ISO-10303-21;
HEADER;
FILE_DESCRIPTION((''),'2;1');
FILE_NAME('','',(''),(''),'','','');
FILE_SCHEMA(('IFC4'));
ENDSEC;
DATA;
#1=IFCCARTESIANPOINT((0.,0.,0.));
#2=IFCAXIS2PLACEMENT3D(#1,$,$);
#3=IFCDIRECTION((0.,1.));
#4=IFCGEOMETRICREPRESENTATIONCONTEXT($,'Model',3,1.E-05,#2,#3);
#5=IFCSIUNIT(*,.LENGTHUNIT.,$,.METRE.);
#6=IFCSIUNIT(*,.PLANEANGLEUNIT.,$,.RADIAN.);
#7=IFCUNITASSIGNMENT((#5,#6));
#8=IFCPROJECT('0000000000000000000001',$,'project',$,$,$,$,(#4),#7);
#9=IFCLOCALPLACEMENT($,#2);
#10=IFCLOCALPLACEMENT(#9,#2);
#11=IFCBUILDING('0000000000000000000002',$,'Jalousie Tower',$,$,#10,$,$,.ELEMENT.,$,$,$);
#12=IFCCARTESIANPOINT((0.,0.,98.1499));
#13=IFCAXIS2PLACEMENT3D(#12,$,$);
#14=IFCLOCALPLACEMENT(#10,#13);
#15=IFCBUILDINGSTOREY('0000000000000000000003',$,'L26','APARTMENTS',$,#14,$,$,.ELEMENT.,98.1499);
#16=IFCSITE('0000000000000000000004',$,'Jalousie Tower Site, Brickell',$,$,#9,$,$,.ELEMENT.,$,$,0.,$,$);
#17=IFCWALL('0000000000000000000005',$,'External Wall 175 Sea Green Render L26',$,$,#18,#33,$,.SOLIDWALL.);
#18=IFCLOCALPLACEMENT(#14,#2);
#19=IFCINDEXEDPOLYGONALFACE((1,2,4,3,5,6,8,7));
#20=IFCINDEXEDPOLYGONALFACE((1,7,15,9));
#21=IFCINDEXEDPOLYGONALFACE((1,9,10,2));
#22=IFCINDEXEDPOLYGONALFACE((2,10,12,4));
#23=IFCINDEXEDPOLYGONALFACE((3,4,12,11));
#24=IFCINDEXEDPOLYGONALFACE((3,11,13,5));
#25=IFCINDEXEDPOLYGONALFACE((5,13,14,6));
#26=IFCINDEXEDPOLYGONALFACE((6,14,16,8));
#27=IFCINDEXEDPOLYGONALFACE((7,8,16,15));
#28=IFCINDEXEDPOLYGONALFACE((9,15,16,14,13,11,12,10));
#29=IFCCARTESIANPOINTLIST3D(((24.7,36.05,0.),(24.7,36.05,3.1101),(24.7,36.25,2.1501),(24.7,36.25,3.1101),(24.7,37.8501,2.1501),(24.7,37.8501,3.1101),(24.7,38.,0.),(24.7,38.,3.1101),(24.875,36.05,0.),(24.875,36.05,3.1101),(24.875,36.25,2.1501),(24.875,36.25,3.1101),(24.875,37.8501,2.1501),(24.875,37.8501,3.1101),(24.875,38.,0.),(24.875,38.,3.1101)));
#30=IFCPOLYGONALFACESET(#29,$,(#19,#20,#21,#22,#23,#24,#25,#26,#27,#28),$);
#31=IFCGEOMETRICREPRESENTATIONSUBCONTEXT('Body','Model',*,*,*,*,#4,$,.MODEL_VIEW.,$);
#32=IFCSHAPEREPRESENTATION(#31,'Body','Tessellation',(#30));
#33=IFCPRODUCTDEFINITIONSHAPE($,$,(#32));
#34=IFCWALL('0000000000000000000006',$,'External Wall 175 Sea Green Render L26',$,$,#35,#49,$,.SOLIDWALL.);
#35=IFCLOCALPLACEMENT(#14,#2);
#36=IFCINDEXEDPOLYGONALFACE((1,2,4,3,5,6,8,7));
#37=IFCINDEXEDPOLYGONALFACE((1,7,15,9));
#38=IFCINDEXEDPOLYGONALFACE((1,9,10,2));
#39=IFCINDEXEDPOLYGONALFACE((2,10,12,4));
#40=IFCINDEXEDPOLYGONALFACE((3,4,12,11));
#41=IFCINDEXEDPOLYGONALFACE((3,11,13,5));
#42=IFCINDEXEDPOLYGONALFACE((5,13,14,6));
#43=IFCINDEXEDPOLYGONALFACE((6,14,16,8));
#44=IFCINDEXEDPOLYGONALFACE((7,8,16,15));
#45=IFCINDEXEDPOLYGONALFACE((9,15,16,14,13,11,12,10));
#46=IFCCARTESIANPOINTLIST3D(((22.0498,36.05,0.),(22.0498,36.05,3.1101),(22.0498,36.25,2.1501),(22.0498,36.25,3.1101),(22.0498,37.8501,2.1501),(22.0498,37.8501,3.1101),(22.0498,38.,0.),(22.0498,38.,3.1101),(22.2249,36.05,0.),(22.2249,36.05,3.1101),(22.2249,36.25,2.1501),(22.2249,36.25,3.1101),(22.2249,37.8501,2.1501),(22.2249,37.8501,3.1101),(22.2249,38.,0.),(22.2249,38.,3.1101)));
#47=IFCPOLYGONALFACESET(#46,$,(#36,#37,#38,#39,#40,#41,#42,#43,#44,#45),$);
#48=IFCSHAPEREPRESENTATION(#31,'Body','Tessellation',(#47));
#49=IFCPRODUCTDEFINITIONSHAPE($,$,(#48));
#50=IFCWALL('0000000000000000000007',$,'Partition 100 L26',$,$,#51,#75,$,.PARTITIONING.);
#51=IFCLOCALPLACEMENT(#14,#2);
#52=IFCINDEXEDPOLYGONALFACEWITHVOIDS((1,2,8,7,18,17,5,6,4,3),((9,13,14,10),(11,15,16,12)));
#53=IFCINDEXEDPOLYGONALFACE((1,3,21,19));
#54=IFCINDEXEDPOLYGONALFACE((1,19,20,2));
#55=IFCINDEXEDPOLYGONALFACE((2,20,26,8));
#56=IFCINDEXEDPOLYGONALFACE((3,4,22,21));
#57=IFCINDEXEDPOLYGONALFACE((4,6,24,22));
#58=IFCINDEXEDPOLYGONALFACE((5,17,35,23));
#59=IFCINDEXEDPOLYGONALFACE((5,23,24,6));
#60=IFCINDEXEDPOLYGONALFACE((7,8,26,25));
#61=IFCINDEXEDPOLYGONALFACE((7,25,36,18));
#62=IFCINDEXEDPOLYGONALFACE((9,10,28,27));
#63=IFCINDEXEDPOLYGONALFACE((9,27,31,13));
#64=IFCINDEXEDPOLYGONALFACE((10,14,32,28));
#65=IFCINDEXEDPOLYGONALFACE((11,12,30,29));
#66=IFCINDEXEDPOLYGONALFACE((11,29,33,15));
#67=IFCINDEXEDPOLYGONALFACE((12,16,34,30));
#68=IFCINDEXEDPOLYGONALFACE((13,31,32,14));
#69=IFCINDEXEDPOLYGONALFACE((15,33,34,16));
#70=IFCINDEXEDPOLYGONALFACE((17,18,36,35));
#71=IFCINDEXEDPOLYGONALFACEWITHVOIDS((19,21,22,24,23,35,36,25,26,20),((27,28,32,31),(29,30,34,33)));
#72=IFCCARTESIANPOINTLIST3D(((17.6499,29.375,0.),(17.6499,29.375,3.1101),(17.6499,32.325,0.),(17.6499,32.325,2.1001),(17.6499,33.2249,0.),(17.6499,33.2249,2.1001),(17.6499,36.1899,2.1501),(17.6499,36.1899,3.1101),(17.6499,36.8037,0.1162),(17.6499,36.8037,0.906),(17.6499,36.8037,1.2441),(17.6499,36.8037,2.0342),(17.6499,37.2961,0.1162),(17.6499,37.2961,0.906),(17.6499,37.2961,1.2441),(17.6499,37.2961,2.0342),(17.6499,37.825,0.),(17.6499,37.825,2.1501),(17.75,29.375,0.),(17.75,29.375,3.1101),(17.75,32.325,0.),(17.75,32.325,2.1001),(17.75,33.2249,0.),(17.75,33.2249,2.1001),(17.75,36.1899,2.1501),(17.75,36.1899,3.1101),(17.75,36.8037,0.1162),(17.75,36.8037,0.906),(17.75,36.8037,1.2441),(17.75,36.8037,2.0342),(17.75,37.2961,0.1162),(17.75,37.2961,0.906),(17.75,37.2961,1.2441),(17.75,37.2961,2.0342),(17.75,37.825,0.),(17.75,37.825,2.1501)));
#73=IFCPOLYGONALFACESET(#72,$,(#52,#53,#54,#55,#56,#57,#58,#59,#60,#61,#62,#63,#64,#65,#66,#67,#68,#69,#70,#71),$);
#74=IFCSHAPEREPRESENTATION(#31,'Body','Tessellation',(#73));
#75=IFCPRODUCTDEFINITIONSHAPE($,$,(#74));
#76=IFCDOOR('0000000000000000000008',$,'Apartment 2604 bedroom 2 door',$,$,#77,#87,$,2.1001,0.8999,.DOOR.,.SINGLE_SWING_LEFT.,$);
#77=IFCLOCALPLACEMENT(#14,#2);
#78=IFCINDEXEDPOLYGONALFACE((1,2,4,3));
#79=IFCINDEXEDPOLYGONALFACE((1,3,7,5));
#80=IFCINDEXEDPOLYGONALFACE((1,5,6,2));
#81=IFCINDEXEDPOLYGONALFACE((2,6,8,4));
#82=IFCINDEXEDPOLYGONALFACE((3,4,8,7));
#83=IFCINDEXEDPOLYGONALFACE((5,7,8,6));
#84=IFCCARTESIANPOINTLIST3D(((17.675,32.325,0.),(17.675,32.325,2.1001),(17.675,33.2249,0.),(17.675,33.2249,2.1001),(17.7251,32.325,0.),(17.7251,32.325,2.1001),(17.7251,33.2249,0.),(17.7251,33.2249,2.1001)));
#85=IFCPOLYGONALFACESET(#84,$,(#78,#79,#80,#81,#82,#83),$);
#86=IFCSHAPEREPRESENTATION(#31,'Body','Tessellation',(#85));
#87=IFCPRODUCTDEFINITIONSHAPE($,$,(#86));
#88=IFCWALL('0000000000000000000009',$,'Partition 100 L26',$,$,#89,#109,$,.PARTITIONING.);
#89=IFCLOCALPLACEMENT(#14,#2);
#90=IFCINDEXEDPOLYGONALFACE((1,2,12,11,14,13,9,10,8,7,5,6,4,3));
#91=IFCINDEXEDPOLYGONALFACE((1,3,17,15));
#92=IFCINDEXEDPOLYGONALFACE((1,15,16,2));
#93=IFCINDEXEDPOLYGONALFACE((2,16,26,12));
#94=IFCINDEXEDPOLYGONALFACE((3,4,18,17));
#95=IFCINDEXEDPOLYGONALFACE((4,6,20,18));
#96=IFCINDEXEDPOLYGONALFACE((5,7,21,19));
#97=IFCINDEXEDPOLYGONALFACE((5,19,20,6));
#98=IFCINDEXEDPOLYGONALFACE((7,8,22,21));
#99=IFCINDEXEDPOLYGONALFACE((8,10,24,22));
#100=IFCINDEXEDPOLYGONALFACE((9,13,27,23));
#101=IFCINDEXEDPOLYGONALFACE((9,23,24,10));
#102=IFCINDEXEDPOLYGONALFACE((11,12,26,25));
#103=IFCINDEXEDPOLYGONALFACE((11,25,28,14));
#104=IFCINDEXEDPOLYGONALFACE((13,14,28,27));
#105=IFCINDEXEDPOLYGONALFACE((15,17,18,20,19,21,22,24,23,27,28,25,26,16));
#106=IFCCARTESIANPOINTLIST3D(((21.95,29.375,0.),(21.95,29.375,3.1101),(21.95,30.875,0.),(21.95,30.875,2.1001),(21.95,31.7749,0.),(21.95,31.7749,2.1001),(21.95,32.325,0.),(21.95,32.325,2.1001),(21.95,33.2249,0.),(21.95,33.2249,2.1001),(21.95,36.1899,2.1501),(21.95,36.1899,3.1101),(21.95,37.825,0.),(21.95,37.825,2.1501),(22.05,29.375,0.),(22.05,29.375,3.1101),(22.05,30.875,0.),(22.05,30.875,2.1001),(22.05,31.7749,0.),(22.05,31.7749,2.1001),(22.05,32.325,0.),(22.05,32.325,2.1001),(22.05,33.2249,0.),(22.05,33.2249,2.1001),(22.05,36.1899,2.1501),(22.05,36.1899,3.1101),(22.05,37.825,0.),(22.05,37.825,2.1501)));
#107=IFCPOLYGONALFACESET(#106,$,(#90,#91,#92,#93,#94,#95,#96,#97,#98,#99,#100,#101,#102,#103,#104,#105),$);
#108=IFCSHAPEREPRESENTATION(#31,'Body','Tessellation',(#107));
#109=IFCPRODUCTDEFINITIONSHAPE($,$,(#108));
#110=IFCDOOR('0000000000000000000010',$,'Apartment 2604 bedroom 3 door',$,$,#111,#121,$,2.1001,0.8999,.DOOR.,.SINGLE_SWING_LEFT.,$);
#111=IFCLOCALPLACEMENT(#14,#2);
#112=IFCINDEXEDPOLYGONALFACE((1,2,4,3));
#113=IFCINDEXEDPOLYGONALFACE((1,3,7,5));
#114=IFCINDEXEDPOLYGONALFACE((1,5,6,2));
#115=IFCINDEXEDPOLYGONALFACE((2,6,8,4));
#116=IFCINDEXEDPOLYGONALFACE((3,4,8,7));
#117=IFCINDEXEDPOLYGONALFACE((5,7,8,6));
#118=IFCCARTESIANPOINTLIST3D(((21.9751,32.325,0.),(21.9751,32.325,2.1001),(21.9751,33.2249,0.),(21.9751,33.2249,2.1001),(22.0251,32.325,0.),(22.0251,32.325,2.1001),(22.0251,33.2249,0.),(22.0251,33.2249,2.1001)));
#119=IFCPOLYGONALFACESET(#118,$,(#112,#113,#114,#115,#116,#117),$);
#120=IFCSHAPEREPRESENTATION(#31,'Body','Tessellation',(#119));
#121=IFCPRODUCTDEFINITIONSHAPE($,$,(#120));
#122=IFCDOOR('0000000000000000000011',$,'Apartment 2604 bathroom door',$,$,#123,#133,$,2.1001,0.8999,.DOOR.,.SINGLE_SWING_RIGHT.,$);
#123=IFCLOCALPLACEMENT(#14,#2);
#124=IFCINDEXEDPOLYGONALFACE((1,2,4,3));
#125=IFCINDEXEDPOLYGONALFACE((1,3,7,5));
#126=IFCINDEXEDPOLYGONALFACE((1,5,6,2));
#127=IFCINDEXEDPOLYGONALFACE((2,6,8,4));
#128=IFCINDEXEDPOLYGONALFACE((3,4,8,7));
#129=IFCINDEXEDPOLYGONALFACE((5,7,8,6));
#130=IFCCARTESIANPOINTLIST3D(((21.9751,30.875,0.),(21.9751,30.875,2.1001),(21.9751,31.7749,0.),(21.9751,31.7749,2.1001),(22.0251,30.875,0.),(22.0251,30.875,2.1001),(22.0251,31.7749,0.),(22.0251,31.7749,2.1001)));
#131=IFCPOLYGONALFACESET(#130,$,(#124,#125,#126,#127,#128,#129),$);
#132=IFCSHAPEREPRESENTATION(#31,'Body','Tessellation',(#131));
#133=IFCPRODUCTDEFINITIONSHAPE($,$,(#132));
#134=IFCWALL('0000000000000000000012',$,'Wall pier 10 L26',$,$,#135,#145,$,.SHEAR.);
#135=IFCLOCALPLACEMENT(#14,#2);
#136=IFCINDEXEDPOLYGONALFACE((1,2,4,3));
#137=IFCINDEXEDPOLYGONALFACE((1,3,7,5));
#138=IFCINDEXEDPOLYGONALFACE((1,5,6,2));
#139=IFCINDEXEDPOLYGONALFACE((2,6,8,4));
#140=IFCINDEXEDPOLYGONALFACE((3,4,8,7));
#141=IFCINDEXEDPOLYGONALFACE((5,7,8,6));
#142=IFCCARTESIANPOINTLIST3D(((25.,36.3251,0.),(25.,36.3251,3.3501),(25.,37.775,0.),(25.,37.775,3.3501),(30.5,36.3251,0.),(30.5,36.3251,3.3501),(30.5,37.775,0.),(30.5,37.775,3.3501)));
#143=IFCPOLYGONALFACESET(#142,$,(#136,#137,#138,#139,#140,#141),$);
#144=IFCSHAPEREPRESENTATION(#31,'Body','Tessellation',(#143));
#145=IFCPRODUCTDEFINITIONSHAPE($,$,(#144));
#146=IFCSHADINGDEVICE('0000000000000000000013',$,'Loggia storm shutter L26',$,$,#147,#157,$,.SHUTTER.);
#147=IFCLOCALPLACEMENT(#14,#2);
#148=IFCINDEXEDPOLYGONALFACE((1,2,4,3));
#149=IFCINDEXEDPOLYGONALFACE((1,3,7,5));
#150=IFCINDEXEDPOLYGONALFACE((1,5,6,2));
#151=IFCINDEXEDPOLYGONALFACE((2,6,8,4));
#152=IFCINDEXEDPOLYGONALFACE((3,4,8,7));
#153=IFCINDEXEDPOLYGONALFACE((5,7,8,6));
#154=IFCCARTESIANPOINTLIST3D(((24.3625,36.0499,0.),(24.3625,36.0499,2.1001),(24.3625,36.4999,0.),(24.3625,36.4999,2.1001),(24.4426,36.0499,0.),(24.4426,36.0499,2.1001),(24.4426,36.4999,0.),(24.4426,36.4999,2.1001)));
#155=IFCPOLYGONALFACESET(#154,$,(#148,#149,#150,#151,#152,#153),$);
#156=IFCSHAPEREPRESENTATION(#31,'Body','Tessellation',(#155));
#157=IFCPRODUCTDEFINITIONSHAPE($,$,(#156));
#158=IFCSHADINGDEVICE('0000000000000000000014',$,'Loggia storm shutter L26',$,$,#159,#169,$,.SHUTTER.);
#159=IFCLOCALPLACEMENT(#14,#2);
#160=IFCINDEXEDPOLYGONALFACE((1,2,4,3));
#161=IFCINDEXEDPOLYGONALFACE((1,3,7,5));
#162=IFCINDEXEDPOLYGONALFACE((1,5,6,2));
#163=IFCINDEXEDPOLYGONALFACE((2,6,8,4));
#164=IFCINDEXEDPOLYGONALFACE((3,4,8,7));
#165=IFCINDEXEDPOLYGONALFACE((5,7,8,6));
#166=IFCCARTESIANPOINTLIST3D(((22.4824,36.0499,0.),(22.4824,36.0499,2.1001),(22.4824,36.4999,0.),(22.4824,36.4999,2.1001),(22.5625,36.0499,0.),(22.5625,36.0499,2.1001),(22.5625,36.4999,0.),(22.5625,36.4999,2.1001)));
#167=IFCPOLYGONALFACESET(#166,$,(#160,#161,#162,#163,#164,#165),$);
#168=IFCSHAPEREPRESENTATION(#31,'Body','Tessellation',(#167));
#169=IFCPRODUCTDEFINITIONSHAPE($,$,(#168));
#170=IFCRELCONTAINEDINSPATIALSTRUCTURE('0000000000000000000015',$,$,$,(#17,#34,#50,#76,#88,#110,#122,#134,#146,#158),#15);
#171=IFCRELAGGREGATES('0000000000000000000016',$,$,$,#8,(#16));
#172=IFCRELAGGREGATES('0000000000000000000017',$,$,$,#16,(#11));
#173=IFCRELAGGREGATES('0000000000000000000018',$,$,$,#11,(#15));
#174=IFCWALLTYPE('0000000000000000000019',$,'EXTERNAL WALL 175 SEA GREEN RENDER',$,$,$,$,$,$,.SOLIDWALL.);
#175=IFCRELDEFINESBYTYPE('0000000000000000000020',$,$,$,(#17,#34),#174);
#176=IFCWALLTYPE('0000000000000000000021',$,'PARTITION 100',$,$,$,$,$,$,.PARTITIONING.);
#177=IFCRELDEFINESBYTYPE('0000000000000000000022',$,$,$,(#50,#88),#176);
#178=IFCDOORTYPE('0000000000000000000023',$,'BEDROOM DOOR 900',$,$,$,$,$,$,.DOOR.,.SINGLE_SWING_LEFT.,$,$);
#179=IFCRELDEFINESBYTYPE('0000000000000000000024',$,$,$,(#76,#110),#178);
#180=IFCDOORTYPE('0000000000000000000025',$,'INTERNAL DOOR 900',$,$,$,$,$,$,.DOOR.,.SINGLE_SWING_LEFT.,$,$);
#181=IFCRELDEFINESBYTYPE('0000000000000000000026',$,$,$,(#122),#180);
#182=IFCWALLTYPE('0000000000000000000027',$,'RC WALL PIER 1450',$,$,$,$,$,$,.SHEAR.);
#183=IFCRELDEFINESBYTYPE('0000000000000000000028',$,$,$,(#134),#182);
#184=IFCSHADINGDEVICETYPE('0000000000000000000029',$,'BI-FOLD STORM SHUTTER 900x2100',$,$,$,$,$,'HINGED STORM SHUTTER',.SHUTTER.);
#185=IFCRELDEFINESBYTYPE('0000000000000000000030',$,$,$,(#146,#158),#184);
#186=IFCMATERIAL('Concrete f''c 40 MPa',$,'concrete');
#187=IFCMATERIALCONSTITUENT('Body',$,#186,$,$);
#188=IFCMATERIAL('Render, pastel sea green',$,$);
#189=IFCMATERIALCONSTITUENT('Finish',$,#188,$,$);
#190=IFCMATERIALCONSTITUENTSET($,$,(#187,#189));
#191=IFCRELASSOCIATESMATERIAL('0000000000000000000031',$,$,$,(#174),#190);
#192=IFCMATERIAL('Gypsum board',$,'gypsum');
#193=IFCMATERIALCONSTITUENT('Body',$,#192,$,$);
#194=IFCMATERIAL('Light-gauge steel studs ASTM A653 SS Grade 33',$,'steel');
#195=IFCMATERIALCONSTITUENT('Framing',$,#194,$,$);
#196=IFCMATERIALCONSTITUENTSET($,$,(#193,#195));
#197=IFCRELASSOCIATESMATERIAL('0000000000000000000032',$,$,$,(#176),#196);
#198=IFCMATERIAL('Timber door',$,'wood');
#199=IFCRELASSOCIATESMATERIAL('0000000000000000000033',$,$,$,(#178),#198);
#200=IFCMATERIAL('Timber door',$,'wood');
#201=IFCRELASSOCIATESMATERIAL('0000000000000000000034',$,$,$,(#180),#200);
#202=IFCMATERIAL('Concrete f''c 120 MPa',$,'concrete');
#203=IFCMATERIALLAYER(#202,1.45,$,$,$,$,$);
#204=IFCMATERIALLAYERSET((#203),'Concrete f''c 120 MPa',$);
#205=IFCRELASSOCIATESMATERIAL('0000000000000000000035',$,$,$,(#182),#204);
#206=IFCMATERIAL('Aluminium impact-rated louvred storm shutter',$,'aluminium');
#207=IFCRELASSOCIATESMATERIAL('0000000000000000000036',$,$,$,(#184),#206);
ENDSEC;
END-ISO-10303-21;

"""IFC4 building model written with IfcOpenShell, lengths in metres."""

from ifc_helpers import new_model, si_unit, direction, frame, frame_2d, origin, origin_2d, place, context, subcontext, project, spatial, polyline, rectangle, outline, extrude, material, layer, layer_set, constituent, constituent_set, type_object, element, fill, save


model = new_model("IFC4")

# Units and contexts
model_context = context("Model", 3, precision=1e-05, world=origin(), true_north=direction((0.0, 1.0)))
body_context = subcontext(model_context, "Body", "Model", "MODEL_VIEW")
ifc_project = project(units=[si_unit("LENGTHUNIT", "METRE"), si_unit("PLANEANGLEUNIT", "RADIAN")], contexts=[model_context])

# Site, building, storey
site_placement = place(None, origin())
site = spatial("IfcSite", under=ifc_project, at=site_placement, Name="Jalousie Tower Site, Brickell", CompositionType="ELEMENT", RefElevation=0.0)
building_placement = place(site_placement, origin())
building = spatial("IfcBuilding", under=site, at=building_placement, Name="Jalousie Tower", CompositionType="ELEMENT")
storey_placement = place(building_placement, frame((0.0, 0.0, 98.1499)))
storey = spatial("IfcBuildingStorey", under=building, at=storey_placement, Name="L26", Description="APARTMENTS", CompositionType="ELEMENT", Elevation=98.1499)

# Shared definitions
ifc_material_1 = material(Name="Concrete f'c 40 MPa", Category="concrete")
ifc_constituent_1 = constituent(ifc_material_1, Name="Body")
ifc_material_2 = material(Name="Render, pastel sea green")
ifc_constituent_2 = constituent(ifc_material_2, Name="Finish")
ifc_constituent_set_1 = constituent_set(constituents=[ifc_constituent_1, ifc_constituent_2])
wall_type_1 = type_object("IfcWallType", Name="EXTERNAL WALL 175 SEA GREEN RENDER", PredefinedType="SOLIDWALL", material=ifc_constituent_set_1)

# Walls
for number, where, z_axis, x_axis, name in (
    (1, (24.7876, 38.0, 0.0), (0.0, 0.0, 1.0), (0.0, -1.0, 0.0), "External Wall 175 Sea Green Render L26"),
    (2, (22.1375, 38.0, 0.0), (0.0, 0.0, 1.0), (0.0, -1.0, 0.0), "External Wall 175 Sea Green Render L26"),
):
    element("IfcWall", number, at=place(storey_placement, frame(where, z_axis=z_axis, x_axis=x_axis)), inside=storey, type_object=wall_type_1, Name=name, PredefinedType="SOLIDWALL", context=body_context, shape_type="SweptSolid", body=[
        extrude(outline(polyline([(0.0, 0.0), (1.95, 0.0), (1.95, 3.1101), (1.75, 3.1101), (1.75, 2.1501), (0.1499, 2.1501), (0.1499, 3.1101), (0.0, 3.1101), (0.0, 0.0)])), frame((0.0, 0.0874, 0.0), z_axis=(0.0, -1.0, 0.0), x_axis=(1.0, 0.0, 0.0)), (0.0, 0.0, 1.0), 0.175),
    ])

# Wall, opening, door
ifc_material_3 = material(Name="Gypsum board", Category="gypsum")
ifc_constituent_3 = constituent(ifc_material_3, Name="Body")
ifc_material_4 = material(Name="Light-gauge steel studs ASTM A653 SS Grade 33", Category="steel")
ifc_constituent_4 = constituent(ifc_material_4, Name="Framing")
ifc_constituent_set_2 = constituent_set(constituents=[ifc_constituent_3, ifc_constituent_4])
wall_type_2 = type_object("IfcWallType", Name="PARTITION 100", PredefinedType="PARTITIONING", material=ifc_constituent_set_2)
wall_1_placement = place(storey_placement, frame((17.7, 37.825, 0.0), z_axis=(0.0, 0.0, 1.0), x_axis=(0.0, -1.0, 0.0)))
wall_1 = element("IfcWall", 3, at=wall_1_placement, inside=storey, type_object=wall_type_2, Name="Partition 100 L26", PredefinedType="PARTITIONING", context=body_context, shape_type="SweptSolid", body=[
    extrude(outline(polyline([(1.635, 2.1501), (0.0, 2.1501), (0.0, 0.0), (8.45, 0.0), (8.45, 3.1101), (1.635, 3.1101), (1.635, 2.1501)]), holes=[polyline([(1.0212, 0.1162), (0.5288, 0.1162), (0.5288, 0.906), (1.0212, 0.906), (1.0212, 0.1162)]), polyline([(1.0212, 1.2441), (0.5288, 1.2441), (0.5288, 2.0342), (1.0212, 2.0342), (1.0212, 1.2441)])]), frame((0.0, 0.05, 0.0), z_axis=(0.0, -1.0, 0.0), x_axis=(1.0, 0.0, 0.0)), (0.0, 0.0, 1.0), 0.1001),
])
opening_1_placement = place(wall_1_placement, frame((4.6001, 0.0, 0.0)))
opening_1 = element("IfcOpeningElement", 4, at=opening_1_placement, cuts=wall_1, PredefinedType="OPENING", context=body_context, shape_type="SweptSolid", body=[
    extrude(rectangle(XDim=0.8999, YDim=2.1001, at=frame_2d((0.45, 1.05))), frame((0.0, 0.0601, 0.0), z_axis=(0.0, -1.0, 0.0), x_axis=(1.0, 0.0, 0.0)), (0.0, 0.0, 1.0), 0.1201),
])
ifc_material_5 = material(Name="Timber door", Category="wood")
door_type_1 = type_object("IfcDoorType", Name="BEDROOM DOOR 900", OperationType="SINGLE_SWING_LEFT", PredefinedType="DOOR", material=ifc_material_5)
door_1_placement = place(opening_1_placement, frame((0.8999, 0.0, 0.0), z_axis=(0.0, 0.0, 1.0), x_axis=(-1.0, 0.0, 0.0)))
door_1 = element("IfcDoor", 5, at=door_1_placement, inside=storey, type_object=door_type_1, Name="Apartment 2604 bedroom 2 door", OperationType="SINGLE_SWING_LEFT", OverallHeight=2.1001, OverallWidth=0.8999, PredefinedType="DOOR", context=body_context, shape_type="SweptSolid", body=[
    extrude(rectangle(XDim=0.8999, YDim=2.1001, at=frame_2d((0.45, 1.05))), frame((0.0, 0.0249, 0.0), z_axis=(0.0, -1.0, 0.0), x_axis=(1.0, 0.0, 0.0)), (0.0, 0.0, 1.0), 0.05),
])
fill(opening_1, door_1)

# Wall, openings, doors
wall_2_placement = place(storey_placement, frame((22.0, 37.825, 0.0), z_axis=(0.0, 0.0, 1.0), x_axis=(0.0, -1.0, 0.0)))
wall_2 = element("IfcWall", 6, at=wall_2_placement, inside=storey, type_object=wall_type_2, Name="Partition 100 L26", PredefinedType="PARTITIONING", context=body_context, shape_type="SweptSolid", body=[
    extrude(outline(polyline([(0.0, 0.0), (8.45, 0.0), (8.45, 3.1101), (1.635, 3.1101), (1.635, 2.1501), (0.0, 2.1501), (0.0, 3.1101), (0.0, 0.0)])), frame((0.0, 0.05, 0.0), z_axis=(0.0, -1.0, 0.0), x_axis=(1.0, 0.0, 0.0)), (0.0, 0.0, 1.0), 0.1001),
])
opening_2_placement = place(wall_2_placement, frame((4.6001, 0.0, 0.0)))
opening_2 = element("IfcOpeningElement", 7, at=opening_2_placement, cuts=wall_2, PredefinedType="OPENING", context=body_context, shape_type="SweptSolid", body=[
    extrude(rectangle(XDim=0.8999, YDim=2.1001, at=frame_2d((0.45, 1.05))), frame((0.0, 0.0601, 0.0), z_axis=(0.0, -1.0, 0.0), x_axis=(1.0, 0.0, 0.0)), (0.0, 0.0, 1.0), 0.1201),
])
opening_3_placement = place(wall_2_placement, frame((6.05, 0.0, 0.0)))
opening_3 = element("IfcOpeningElement", 8, at=opening_3_placement, cuts=wall_2, PredefinedType="OPENING", context=body_context, shape_type="SweptSolid", body=[
    extrude(rectangle(XDim=0.8999, YDim=2.1001, at=frame_2d((0.45, 1.05))), frame((0.0, 0.0601, 0.0), z_axis=(0.0, -1.0, 0.0), x_axis=(1.0, 0.0, 0.0)), (0.0, 0.0, 1.0), 0.1201),
])
door_2_placement = place(opening_2_placement, frame((0.8999, 0.0, 0.0), z_axis=(0.0, 0.0, 1.0), x_axis=(-1.0, 0.0, 0.0)))
door_2 = element("IfcDoor", 9, at=door_2_placement, inside=storey, type_object=door_type_1, Name="Apartment 2604 bedroom 3 door", OperationType="SINGLE_SWING_LEFT", OverallHeight=2.1001, OverallWidth=0.8999, PredefinedType="DOOR", context=body_context, shape_type="SweptSolid", body=[
    extrude(rectangle(XDim=0.8999, YDim=2.1001, at=frame_2d((0.45, 1.05))), frame((0.0, 0.0249, 0.0), z_axis=(0.0, -1.0, 0.0), x_axis=(1.0, 0.0, 0.0)), (0.0, 0.0, 1.0), 0.05),
])
fill(opening_2, door_2)
ifc_material_6 = material(Name="Timber door", Category="wood")
door_type_2 = type_object("IfcDoorType", Name="INTERNAL DOOR 900", OperationType="SINGLE_SWING_LEFT", PredefinedType="DOOR", material=ifc_material_6)
door_3_placement = place(opening_3_placement, frame((0.8999, 0.0, 0.0), z_axis=(0.0, 0.0, 1.0), x_axis=(-1.0, 0.0, 0.0)))
door_3 = element("IfcDoor", 10, at=door_3_placement, inside=storey, type_object=door_type_2, Name="Apartment 2604 bathroom door", OperationType="SINGLE_SWING_RIGHT", OverallHeight=2.1001, OverallWidth=0.8999, PredefinedType="DOOR", context=body_context, shape_type="SweptSolid", body=[
    extrude(rectangle(XDim=0.8999, YDim=2.1001, at=frame_2d((0.45, 1.05))), frame((0.0, 0.0249, 0.0), z_axis=(0.0, -1.0, 0.0), x_axis=(1.0, 0.0, 0.0)), (0.0, 0.0, 1.0), 0.05),
])
fill(opening_3, door_3)

# Wall
ifc_material_7 = material(Name="Concrete f'c 120 MPa", Category="concrete")
ifc_layer_1 = layer(ifc_material_7, 1.45)
ifc_layer_set_1 = layer_set([ifc_layer_1], Name="Concrete f'c 120 MPa")
wall_type_3 = type_object("IfcWallType", Name="RC WALL PIER 1450", PredefinedType="SHEAR", material=ifc_layer_set_1)
wall_3_placement = place(storey_placement, frame((25.0, 37.05, 0.0), z_axis=(0.0, 0.0, 1.0), x_axis=(1.0, 0.0, 0.0)))
element("IfcWall", 11, at=wall_3_placement, inside=storey, type_object=wall_type_3, Name="Wall pier 10 L26", PredefinedType="SHEAR", context=body_context, shape_type="SweptSolid", body=[
    extrude(rectangle(XDim=5.5, YDim=1.45, at=frame_2d((2.75, 0.0))), origin(), (0.0, 0.0, 1.0), 3.3501),
])

# Shading devices
ifc_material_8 = material(Name="Aluminium impact-rated louvred storm shutter", Category="aluminium")
shading_device_type_1 = type_object("IfcShadingDeviceType", Name="BI-FOLD STORM SHUTTER 900x2100", ElementType="HINGED STORM SHUTTER", PredefinedType="SHUTTER", material=ifc_material_8)
for number, where, z_axis, x_axis, name in (
    (12, (24.4026, 36.2749, 0.0), (0.0, 0.0, 1.0), (0.0, -1.0, 0.0), "Loggia storm shutter L26"),
    (13, (22.5225, 36.2749, 0.0), (0.0, 0.0, 1.0), (0.0, -1.0, 0.0), "Loggia storm shutter L26"),
):
    element("IfcShadingDevice", number, at=place(storey_placement, frame(where, z_axis=z_axis, x_axis=x_axis)), inside=storey, type_object=shading_device_type_1, Name=name, PredefinedType="SHUTTER", context=body_context, shape_type="SweptSolid", body=[
        extrude(rectangle(XDim=0.45, YDim=0.0801, at=origin_2d()), origin(), (0.0, 0.0, 1.0), 2.1001),
    ])

save(model, "model.ifc")
